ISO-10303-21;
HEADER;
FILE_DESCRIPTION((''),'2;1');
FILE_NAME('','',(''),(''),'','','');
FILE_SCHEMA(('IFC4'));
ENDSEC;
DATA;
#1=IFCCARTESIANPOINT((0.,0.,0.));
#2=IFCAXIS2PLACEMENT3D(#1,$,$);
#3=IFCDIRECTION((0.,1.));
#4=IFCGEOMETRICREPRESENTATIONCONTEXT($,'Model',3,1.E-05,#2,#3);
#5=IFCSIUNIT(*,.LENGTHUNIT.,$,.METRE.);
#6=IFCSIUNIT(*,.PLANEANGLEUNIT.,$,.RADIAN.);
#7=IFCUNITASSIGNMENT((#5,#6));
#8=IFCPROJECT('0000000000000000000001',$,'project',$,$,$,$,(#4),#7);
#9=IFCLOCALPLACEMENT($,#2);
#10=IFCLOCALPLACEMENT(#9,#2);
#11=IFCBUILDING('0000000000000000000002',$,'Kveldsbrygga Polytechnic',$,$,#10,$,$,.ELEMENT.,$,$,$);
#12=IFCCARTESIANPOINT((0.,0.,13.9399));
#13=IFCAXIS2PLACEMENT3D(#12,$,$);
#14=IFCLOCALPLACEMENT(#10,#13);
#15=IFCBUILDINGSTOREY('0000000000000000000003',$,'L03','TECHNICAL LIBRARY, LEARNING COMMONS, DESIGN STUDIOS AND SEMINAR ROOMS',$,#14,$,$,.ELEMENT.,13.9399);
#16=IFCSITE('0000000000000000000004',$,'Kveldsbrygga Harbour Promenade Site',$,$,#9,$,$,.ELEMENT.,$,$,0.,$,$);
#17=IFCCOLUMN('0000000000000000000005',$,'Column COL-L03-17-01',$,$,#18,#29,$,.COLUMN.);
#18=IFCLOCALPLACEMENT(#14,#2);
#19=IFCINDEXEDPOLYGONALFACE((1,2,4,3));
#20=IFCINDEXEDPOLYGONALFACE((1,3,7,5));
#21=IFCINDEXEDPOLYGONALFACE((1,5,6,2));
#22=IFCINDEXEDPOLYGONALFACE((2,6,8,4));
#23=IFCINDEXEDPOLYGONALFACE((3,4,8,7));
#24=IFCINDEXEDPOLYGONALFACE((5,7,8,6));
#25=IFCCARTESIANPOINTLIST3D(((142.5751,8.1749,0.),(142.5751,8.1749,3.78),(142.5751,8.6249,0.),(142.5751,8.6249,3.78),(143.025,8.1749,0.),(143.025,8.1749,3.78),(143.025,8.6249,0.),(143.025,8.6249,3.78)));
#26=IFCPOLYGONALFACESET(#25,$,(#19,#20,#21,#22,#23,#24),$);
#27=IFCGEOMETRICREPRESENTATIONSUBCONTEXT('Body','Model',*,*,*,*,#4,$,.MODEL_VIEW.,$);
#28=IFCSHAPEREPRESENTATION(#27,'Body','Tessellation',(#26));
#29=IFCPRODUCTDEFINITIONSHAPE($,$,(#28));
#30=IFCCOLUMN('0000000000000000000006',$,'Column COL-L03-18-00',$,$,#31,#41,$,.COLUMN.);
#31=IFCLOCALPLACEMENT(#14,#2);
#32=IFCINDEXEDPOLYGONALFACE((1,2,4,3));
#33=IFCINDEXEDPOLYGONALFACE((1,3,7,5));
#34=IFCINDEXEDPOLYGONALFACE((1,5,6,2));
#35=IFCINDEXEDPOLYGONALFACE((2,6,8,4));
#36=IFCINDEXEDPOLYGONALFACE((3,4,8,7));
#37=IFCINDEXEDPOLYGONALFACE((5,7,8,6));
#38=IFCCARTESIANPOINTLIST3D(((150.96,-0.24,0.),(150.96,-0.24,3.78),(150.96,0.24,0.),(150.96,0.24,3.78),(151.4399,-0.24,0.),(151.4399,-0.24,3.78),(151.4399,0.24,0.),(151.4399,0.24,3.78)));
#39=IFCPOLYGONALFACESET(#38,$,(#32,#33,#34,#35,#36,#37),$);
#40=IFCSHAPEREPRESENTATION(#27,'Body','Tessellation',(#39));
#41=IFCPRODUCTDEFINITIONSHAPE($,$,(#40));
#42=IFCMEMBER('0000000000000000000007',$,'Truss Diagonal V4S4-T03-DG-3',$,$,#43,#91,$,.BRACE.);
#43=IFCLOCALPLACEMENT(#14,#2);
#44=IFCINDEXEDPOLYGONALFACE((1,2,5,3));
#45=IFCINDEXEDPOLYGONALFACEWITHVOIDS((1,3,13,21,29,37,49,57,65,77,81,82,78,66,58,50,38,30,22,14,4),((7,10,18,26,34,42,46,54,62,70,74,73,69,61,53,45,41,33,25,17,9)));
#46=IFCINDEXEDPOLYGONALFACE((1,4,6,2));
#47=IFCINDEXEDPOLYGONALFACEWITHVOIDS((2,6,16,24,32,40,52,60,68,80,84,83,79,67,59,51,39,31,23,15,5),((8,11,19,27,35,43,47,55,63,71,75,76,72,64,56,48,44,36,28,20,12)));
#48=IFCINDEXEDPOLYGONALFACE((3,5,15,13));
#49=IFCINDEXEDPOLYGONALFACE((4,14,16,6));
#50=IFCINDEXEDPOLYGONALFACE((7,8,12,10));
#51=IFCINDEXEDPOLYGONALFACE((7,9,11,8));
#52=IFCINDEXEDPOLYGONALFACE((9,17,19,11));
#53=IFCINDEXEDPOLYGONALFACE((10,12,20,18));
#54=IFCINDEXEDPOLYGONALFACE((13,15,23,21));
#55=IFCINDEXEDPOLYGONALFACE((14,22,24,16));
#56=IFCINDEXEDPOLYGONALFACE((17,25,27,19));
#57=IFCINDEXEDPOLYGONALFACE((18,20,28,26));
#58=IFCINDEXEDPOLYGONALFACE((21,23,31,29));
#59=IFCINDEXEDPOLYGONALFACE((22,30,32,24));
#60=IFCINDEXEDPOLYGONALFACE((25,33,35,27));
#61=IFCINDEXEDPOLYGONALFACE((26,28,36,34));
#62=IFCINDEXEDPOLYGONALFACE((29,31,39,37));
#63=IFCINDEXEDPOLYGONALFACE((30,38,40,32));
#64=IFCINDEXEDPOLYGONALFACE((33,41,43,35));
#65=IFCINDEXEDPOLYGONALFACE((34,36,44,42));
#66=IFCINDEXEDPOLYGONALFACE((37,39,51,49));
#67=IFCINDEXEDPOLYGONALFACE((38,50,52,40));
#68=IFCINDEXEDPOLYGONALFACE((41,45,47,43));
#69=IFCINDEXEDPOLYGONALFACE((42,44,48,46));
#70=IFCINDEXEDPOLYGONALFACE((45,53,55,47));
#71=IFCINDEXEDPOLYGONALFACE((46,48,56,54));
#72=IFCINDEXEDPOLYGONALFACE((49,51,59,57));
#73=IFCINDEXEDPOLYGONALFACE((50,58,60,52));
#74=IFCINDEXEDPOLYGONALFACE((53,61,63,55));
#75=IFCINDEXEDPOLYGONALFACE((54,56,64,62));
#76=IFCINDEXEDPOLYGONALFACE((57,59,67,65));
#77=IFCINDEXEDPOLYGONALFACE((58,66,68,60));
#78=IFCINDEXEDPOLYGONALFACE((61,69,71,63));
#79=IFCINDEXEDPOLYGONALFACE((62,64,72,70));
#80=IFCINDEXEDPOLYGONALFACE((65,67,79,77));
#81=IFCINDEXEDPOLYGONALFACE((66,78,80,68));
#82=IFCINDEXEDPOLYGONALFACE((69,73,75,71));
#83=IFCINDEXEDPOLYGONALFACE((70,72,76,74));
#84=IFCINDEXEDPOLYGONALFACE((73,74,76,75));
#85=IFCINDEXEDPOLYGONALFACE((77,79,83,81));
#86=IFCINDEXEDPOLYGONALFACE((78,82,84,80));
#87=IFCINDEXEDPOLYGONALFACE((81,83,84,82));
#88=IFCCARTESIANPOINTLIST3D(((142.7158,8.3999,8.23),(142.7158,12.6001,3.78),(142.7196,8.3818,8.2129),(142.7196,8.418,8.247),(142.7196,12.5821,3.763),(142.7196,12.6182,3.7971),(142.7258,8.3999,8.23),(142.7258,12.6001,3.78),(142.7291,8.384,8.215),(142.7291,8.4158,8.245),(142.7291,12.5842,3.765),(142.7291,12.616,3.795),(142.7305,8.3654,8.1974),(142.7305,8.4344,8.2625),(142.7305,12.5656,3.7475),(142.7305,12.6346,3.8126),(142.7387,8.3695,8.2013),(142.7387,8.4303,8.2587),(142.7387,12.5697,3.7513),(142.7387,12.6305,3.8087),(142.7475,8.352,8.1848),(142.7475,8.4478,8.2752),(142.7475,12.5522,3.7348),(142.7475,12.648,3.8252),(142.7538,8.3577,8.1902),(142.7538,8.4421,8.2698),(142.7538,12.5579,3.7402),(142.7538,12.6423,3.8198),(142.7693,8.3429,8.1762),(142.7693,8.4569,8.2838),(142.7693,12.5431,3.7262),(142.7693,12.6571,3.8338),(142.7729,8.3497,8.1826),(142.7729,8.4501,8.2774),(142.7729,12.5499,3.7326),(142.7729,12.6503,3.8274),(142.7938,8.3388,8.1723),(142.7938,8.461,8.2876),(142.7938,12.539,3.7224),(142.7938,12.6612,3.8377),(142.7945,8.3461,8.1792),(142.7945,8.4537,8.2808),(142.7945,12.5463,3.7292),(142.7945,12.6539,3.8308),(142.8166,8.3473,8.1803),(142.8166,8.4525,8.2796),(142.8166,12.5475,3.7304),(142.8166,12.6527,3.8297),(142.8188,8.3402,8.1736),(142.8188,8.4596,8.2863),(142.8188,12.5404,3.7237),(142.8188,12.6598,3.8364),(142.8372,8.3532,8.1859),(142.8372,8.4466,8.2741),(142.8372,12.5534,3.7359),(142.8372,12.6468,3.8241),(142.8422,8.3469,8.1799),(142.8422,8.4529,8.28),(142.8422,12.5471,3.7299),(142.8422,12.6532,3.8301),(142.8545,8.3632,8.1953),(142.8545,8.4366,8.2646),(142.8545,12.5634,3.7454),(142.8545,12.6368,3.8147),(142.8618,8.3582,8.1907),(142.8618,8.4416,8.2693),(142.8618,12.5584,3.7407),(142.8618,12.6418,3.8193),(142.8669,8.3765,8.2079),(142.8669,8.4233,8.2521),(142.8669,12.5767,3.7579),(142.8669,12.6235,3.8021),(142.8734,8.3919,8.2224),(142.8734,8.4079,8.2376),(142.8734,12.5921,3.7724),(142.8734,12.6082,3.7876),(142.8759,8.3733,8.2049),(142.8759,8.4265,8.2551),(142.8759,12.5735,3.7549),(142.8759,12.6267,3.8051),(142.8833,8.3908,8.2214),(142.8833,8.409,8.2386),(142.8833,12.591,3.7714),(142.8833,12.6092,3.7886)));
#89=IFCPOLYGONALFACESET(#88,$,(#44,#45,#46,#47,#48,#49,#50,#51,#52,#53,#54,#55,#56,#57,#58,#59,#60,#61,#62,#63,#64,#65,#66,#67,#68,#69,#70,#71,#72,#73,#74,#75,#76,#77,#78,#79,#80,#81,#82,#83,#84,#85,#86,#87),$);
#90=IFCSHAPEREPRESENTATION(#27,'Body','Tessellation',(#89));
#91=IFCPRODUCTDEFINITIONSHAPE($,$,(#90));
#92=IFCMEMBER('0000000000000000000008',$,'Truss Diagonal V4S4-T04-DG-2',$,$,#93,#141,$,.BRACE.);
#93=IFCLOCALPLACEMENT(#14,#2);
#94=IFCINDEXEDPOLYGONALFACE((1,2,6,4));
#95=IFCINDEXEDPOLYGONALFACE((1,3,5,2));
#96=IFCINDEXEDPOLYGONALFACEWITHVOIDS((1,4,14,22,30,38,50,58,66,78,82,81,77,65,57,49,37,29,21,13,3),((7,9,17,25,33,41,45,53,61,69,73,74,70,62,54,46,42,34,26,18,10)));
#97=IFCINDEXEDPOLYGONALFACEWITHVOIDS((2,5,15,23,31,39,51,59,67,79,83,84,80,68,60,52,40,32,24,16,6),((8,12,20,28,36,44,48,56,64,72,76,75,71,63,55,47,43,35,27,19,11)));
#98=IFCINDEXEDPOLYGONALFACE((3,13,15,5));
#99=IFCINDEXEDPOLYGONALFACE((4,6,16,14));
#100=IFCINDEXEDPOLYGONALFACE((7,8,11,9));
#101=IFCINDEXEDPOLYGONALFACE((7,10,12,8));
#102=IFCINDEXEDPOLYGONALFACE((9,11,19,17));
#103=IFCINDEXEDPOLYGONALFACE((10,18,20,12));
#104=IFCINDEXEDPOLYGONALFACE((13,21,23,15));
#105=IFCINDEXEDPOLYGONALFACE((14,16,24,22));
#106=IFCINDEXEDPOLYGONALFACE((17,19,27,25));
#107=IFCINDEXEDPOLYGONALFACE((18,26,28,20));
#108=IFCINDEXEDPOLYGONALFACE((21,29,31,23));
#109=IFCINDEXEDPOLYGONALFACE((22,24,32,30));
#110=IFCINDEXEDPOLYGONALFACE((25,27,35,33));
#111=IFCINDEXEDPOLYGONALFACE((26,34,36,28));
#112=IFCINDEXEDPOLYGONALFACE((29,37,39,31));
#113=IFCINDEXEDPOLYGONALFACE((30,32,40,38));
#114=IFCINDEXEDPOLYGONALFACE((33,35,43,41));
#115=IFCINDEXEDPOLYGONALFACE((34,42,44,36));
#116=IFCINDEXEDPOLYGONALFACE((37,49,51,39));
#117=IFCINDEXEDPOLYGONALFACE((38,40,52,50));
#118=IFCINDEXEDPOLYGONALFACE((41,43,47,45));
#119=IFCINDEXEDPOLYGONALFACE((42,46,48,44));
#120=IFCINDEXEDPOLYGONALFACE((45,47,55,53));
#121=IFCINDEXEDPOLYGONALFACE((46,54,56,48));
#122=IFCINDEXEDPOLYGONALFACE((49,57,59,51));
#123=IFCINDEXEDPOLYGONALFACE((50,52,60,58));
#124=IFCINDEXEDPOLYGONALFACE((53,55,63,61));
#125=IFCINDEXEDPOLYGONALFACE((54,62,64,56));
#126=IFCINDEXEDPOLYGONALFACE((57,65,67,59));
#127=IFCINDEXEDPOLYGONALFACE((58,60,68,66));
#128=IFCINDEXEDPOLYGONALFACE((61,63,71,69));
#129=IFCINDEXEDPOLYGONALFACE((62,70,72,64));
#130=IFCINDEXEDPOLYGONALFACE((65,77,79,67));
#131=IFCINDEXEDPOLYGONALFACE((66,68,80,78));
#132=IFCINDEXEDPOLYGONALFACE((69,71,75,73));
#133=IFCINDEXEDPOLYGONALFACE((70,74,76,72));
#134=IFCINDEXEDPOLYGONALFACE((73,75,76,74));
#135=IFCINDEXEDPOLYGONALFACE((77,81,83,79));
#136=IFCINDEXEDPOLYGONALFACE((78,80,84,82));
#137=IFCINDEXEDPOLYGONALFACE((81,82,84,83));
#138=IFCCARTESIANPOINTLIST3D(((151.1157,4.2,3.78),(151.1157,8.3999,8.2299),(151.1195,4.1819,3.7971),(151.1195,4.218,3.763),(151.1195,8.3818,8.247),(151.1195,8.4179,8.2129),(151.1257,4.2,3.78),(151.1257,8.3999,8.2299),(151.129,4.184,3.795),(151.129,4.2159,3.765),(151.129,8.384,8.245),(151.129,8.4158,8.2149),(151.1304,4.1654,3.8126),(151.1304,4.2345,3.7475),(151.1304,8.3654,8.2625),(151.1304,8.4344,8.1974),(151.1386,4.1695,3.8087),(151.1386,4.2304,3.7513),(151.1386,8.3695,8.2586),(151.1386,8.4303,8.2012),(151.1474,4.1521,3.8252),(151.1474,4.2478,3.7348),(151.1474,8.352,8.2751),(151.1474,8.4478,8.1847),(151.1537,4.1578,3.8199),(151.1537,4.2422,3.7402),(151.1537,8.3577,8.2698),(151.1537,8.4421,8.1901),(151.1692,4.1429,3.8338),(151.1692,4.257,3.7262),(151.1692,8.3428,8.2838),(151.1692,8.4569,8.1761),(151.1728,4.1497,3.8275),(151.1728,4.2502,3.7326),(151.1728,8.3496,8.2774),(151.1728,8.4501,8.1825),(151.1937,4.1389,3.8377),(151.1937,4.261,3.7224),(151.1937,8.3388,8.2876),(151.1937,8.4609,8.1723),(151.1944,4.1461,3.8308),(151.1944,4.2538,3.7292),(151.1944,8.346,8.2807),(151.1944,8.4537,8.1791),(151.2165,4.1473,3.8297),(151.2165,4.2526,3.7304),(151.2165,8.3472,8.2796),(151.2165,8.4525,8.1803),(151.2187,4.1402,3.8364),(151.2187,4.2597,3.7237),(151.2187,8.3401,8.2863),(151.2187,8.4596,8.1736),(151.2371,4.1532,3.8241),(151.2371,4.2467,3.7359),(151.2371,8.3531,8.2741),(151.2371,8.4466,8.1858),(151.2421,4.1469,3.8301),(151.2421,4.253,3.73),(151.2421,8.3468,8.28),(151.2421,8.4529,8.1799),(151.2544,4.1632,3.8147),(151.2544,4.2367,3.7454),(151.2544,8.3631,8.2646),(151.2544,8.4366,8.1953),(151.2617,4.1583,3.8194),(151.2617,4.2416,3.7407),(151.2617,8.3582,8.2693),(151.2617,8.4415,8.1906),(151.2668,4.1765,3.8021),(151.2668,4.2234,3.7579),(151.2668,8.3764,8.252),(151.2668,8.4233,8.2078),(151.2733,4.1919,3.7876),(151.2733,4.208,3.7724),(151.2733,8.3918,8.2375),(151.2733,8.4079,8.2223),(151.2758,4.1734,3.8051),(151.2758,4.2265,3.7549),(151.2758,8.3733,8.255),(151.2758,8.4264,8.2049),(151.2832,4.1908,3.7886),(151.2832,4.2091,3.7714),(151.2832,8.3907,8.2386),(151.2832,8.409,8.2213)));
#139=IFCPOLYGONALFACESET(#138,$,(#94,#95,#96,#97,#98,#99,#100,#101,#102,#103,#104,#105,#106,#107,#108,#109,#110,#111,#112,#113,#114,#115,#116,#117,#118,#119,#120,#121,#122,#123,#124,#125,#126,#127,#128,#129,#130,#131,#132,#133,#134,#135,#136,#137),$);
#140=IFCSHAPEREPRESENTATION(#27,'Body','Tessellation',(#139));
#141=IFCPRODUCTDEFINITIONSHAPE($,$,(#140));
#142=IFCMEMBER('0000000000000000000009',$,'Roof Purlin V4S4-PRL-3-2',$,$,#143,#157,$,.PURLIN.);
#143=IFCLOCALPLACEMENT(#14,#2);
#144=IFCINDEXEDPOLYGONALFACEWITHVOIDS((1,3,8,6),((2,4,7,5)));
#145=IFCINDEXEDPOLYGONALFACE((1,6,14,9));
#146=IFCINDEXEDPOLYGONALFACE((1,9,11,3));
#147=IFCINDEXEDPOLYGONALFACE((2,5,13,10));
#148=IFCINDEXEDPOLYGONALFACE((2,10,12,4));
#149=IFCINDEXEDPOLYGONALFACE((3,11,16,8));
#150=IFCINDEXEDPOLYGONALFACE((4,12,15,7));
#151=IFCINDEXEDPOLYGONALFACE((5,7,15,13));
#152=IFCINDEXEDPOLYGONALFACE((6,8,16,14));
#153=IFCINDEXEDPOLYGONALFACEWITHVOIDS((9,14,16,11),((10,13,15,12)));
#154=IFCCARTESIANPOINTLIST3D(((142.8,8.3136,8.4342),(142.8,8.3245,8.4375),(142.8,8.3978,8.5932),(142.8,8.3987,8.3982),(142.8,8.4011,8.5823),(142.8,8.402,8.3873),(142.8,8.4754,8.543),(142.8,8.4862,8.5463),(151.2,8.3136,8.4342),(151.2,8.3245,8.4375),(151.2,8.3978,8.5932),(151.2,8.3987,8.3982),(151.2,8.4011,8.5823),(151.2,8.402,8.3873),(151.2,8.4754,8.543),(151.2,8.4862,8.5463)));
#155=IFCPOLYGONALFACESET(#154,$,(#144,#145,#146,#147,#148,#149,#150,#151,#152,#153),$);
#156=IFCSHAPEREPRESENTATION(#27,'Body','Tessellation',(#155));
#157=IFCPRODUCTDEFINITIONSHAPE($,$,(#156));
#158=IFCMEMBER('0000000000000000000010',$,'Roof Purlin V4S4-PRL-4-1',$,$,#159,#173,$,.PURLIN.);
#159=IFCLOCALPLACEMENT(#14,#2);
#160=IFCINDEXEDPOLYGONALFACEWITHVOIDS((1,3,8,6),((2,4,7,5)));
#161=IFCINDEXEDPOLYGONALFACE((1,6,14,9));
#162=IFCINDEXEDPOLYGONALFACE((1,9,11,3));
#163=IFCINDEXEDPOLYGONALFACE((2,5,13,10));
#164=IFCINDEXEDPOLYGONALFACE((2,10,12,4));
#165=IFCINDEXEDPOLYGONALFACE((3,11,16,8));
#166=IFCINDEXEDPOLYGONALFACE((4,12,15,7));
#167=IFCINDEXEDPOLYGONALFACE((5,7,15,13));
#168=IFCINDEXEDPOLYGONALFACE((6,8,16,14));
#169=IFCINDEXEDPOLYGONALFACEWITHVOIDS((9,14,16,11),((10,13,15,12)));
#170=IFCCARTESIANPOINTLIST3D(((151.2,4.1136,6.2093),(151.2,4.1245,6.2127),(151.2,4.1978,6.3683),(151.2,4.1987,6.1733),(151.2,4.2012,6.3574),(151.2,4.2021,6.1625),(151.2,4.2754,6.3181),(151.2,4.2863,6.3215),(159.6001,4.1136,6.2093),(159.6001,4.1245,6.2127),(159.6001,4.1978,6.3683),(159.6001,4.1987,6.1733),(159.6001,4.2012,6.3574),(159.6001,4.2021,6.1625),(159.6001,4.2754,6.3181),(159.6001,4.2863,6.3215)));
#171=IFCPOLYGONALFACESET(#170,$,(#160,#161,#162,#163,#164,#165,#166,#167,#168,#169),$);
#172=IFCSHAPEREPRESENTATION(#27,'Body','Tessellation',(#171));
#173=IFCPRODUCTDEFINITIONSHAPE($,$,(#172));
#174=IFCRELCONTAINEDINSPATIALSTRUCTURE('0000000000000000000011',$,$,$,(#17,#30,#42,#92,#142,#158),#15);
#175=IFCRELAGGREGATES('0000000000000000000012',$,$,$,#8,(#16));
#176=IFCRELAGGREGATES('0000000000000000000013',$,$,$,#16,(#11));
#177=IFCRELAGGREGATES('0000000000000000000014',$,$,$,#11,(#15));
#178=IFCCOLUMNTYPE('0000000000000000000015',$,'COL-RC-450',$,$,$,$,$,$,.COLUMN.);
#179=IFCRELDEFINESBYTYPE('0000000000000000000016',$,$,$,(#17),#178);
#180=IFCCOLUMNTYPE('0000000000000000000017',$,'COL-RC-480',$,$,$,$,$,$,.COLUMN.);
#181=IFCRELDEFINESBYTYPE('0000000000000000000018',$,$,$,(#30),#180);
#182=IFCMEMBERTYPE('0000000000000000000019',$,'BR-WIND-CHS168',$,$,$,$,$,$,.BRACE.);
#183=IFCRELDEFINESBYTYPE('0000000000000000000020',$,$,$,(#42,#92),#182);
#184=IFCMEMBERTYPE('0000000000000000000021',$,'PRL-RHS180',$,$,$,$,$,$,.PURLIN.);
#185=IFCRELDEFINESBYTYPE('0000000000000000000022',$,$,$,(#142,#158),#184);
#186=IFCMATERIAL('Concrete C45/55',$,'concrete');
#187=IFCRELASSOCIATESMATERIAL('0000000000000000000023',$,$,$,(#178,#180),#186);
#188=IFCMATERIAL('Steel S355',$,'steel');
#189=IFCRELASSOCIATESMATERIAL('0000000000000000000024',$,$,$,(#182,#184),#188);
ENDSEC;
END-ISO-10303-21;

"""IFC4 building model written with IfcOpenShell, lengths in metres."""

from ifc_helpers import new_model, si_unit, direction, frame, origin, origin_2d, place, context, subcontext, project, spatial, rectangle, hollow_rectangle, hollow_circle, extrude, material, material_profile, profile_set, type_object, element, save


model = new_model("IFC4")

# Units and contexts
model_context = context("Model", 3, precision=1e-05, world=origin(), true_north=direction((0.0, 1.0)))
body_context = subcontext(model_context, "Body", "Model", "MODEL_VIEW")
ifc_project = project(units=[si_unit("LENGTHUNIT", "METRE"), si_unit("PLANEANGLEUNIT", "RADIAN")], contexts=[model_context])

# Site, building, storey
site_placement = place(None, origin())
site = spatial("IfcSite", under=ifc_project, at=site_placement, Name="Kveldsbrygga Harbour Promenade Site", CompositionType="ELEMENT", RefElevation=0.0)
building_placement = place(site_placement, origin())
building = spatial("IfcBuilding", under=site, at=building_placement, Name="Kveldsbrygga Polytechnic", CompositionType="ELEMENT")
storey_placement = place(building_placement, frame((0.0, 0.0, 13.9399)))
storey = spatial("IfcBuildingStorey", under=building, at=storey_placement, Name="L03", Description="TECHNICAL LIBRARY, LEARNING COMMONS, DESIGN STUDIOS AND SEMINAR ROOMS", CompositionType="ELEMENT", Elevation=13.9399)

# Columns
ifc_material_1 = material(Name="Concrete C45/55", Category="concrete")
ifc_material_profile_1 = material_profile(ifc_material_1, rectangle(XDim=0.45, YDim=0.45, at=origin_2d()), Name="RC 450x450")
ifc_profile_set_1 = profile_set([ifc_material_profile_1], Name="Concrete C45/55")
column_type_1 = type_object("IfcColumnType", Name="COL-RC-450", PredefinedType="COLUMN", material=ifc_profile_set_1)
column_1_placement = place(storey_placement, frame((142.8, 8.3999, 0.0), z_axis=(0.0, 0.0, 1.0), x_axis=(1.0, 0.0, 0.0)))
element("IfcColumn", 1, at=column_1_placement, inside=storey, type_object=column_type_1, Name="Column COL-L03-17-01", PredefinedType="COLUMN", context=body_context, shape_type="SweptSolid", body=[
    extrude(rectangle(XDim=0.45, YDim=0.45, at=origin_2d()), origin(), (0.0, 0.0, 1.0), 3.78),
])
ifc_material_profile_2 = material_profile(ifc_material_1, rectangle(XDim=0.48, YDim=0.48, at=origin_2d()), Name="RC 480x480")
ifc_profile_set_2 = profile_set([ifc_material_profile_2], Name="Concrete C45/55")
column_type_2 = type_object("IfcColumnType", Name="COL-RC-480", PredefinedType="COLUMN", material=ifc_profile_set_2)
column_2_placement = place(storey_placement, frame((151.2, 0.0, 0.0), z_axis=(0.0, 0.0, 1.0), x_axis=(1.0, 0.0, 0.0)))
element("IfcColumn", 2, at=column_2_placement, inside=storey, type_object=column_type_2, Name="Column COL-L03-18-00", PredefinedType="COLUMN", context=body_context, shape_type="SweptSolid", body=[
    extrude(rectangle(XDim=0.48, YDim=0.48, at=origin_2d()), origin(), (0.0, 0.0, 1.0), 3.78),
])

# Members
ifc_material_2 = material(Name="Steel S355", Category="steel")
ifc_material_profile_3 = material_profile(ifc_material_2, hollow_circle(Radius=0.0842, WallThickness=0.01, at=origin_2d()), Name="CHS 168.3x10.0")
ifc_profile_set_3 = profile_set([ifc_material_profile_3], Name="Steel S355")
member_type_1 = type_object("IfcMemberType", Name="BR-WIND-CHS168", PredefinedType="BRACE", material=ifc_profile_set_3)
member_1_placement = place(storey_placement, frame((142.8, 8.3999, 8.23), z_axis=(0.0, 0.686404, -0.72722), x_axis=(-1.0, 0.0, 0.0)))
element("IfcMember", 3, at=member_1_placement, inside=storey, type_object=member_type_1, Name="Truss Diagonal V4S4-T03-DG-3", PredefinedType="BRACE", context=body_context, shape_type="SweptSolid", body=[
    extrude(hollow_circle(Radius=0.0842, WallThickness=0.01, at=origin_2d()), origin(), (0.0, 0.0, 1.0), 6.1191),
])
member_2_placement = place(storey_placement, frame((151.2, 4.2, 3.78), z_axis=(0.0, 0.686383, 0.72724), x_axis=(-1.0, 0.0, 0.0)))
element("IfcMember", 4, at=member_2_placement, inside=storey, type_object=member_type_1, Name="Truss Diagonal V4S4-T04-DG-2", PredefinedType="BRACE", context=body_context, shape_type="SweptSolid", body=[
    extrude(hollow_circle(Radius=0.0842, WallThickness=0.01, at=origin_2d()), origin(), (0.0, 0.0, 1.0), 6.1189),
])
ifc_material_profile_4 = material_profile(ifc_material_2, hollow_rectangle(XDim=0.1001, YDim=0.1799, WallThickness=0.0081, at=origin_2d()), Name="RHS 180x100x8.0")
ifc_profile_set_4 = profile_set([ifc_material_profile_4], Name="Steel S355")
member_type_2 = type_object("IfcMemberType", Name="PRL-RHS180", PredefinedType="PURLIN", material=ifc_profile_set_4)
member_3_placement = place(storey_placement, frame((142.8, 8.3999, 8.4902), z_axis=(1.0, 0.0, 0.0), x_axis=(0.0, 0.88366, -0.468129)))
element("IfcMember", 5, at=member_3_placement, inside=storey, type_object=member_type_2, Name="Roof Purlin V4S4-PRL-3-2", PredefinedType="PURLIN", context=body_context, shape_type="SweptSolid", body=[
    extrude(hollow_rectangle(XDim=0.1001, YDim=0.1799, WallThickness=0.0081, at=origin_2d()), origin(), (0.0, 0.0, 1.0), 8.3999),
])
member_4_placement = place(storey_placement, frame((151.2, 4.2, 6.2654), z_axis=(1.0, 0.0, 0.0), x_axis=(0.0, 0.88366, -0.468129)))
element("IfcMember", 6, at=member_4_placement, inside=storey, type_object=member_type_2, Name="Roof Purlin V4S4-PRL-4-1", PredefinedType="PURLIN", context=body_context, shape_type="SweptSolid", body=[
    extrude(hollow_rectangle(XDim=0.1001, YDim=0.1799, WallThickness=0.0081, at=origin_2d()), origin(), (0.0, 0.0, 1.0), 8.4001),
])

save(model, "model.ifc")
